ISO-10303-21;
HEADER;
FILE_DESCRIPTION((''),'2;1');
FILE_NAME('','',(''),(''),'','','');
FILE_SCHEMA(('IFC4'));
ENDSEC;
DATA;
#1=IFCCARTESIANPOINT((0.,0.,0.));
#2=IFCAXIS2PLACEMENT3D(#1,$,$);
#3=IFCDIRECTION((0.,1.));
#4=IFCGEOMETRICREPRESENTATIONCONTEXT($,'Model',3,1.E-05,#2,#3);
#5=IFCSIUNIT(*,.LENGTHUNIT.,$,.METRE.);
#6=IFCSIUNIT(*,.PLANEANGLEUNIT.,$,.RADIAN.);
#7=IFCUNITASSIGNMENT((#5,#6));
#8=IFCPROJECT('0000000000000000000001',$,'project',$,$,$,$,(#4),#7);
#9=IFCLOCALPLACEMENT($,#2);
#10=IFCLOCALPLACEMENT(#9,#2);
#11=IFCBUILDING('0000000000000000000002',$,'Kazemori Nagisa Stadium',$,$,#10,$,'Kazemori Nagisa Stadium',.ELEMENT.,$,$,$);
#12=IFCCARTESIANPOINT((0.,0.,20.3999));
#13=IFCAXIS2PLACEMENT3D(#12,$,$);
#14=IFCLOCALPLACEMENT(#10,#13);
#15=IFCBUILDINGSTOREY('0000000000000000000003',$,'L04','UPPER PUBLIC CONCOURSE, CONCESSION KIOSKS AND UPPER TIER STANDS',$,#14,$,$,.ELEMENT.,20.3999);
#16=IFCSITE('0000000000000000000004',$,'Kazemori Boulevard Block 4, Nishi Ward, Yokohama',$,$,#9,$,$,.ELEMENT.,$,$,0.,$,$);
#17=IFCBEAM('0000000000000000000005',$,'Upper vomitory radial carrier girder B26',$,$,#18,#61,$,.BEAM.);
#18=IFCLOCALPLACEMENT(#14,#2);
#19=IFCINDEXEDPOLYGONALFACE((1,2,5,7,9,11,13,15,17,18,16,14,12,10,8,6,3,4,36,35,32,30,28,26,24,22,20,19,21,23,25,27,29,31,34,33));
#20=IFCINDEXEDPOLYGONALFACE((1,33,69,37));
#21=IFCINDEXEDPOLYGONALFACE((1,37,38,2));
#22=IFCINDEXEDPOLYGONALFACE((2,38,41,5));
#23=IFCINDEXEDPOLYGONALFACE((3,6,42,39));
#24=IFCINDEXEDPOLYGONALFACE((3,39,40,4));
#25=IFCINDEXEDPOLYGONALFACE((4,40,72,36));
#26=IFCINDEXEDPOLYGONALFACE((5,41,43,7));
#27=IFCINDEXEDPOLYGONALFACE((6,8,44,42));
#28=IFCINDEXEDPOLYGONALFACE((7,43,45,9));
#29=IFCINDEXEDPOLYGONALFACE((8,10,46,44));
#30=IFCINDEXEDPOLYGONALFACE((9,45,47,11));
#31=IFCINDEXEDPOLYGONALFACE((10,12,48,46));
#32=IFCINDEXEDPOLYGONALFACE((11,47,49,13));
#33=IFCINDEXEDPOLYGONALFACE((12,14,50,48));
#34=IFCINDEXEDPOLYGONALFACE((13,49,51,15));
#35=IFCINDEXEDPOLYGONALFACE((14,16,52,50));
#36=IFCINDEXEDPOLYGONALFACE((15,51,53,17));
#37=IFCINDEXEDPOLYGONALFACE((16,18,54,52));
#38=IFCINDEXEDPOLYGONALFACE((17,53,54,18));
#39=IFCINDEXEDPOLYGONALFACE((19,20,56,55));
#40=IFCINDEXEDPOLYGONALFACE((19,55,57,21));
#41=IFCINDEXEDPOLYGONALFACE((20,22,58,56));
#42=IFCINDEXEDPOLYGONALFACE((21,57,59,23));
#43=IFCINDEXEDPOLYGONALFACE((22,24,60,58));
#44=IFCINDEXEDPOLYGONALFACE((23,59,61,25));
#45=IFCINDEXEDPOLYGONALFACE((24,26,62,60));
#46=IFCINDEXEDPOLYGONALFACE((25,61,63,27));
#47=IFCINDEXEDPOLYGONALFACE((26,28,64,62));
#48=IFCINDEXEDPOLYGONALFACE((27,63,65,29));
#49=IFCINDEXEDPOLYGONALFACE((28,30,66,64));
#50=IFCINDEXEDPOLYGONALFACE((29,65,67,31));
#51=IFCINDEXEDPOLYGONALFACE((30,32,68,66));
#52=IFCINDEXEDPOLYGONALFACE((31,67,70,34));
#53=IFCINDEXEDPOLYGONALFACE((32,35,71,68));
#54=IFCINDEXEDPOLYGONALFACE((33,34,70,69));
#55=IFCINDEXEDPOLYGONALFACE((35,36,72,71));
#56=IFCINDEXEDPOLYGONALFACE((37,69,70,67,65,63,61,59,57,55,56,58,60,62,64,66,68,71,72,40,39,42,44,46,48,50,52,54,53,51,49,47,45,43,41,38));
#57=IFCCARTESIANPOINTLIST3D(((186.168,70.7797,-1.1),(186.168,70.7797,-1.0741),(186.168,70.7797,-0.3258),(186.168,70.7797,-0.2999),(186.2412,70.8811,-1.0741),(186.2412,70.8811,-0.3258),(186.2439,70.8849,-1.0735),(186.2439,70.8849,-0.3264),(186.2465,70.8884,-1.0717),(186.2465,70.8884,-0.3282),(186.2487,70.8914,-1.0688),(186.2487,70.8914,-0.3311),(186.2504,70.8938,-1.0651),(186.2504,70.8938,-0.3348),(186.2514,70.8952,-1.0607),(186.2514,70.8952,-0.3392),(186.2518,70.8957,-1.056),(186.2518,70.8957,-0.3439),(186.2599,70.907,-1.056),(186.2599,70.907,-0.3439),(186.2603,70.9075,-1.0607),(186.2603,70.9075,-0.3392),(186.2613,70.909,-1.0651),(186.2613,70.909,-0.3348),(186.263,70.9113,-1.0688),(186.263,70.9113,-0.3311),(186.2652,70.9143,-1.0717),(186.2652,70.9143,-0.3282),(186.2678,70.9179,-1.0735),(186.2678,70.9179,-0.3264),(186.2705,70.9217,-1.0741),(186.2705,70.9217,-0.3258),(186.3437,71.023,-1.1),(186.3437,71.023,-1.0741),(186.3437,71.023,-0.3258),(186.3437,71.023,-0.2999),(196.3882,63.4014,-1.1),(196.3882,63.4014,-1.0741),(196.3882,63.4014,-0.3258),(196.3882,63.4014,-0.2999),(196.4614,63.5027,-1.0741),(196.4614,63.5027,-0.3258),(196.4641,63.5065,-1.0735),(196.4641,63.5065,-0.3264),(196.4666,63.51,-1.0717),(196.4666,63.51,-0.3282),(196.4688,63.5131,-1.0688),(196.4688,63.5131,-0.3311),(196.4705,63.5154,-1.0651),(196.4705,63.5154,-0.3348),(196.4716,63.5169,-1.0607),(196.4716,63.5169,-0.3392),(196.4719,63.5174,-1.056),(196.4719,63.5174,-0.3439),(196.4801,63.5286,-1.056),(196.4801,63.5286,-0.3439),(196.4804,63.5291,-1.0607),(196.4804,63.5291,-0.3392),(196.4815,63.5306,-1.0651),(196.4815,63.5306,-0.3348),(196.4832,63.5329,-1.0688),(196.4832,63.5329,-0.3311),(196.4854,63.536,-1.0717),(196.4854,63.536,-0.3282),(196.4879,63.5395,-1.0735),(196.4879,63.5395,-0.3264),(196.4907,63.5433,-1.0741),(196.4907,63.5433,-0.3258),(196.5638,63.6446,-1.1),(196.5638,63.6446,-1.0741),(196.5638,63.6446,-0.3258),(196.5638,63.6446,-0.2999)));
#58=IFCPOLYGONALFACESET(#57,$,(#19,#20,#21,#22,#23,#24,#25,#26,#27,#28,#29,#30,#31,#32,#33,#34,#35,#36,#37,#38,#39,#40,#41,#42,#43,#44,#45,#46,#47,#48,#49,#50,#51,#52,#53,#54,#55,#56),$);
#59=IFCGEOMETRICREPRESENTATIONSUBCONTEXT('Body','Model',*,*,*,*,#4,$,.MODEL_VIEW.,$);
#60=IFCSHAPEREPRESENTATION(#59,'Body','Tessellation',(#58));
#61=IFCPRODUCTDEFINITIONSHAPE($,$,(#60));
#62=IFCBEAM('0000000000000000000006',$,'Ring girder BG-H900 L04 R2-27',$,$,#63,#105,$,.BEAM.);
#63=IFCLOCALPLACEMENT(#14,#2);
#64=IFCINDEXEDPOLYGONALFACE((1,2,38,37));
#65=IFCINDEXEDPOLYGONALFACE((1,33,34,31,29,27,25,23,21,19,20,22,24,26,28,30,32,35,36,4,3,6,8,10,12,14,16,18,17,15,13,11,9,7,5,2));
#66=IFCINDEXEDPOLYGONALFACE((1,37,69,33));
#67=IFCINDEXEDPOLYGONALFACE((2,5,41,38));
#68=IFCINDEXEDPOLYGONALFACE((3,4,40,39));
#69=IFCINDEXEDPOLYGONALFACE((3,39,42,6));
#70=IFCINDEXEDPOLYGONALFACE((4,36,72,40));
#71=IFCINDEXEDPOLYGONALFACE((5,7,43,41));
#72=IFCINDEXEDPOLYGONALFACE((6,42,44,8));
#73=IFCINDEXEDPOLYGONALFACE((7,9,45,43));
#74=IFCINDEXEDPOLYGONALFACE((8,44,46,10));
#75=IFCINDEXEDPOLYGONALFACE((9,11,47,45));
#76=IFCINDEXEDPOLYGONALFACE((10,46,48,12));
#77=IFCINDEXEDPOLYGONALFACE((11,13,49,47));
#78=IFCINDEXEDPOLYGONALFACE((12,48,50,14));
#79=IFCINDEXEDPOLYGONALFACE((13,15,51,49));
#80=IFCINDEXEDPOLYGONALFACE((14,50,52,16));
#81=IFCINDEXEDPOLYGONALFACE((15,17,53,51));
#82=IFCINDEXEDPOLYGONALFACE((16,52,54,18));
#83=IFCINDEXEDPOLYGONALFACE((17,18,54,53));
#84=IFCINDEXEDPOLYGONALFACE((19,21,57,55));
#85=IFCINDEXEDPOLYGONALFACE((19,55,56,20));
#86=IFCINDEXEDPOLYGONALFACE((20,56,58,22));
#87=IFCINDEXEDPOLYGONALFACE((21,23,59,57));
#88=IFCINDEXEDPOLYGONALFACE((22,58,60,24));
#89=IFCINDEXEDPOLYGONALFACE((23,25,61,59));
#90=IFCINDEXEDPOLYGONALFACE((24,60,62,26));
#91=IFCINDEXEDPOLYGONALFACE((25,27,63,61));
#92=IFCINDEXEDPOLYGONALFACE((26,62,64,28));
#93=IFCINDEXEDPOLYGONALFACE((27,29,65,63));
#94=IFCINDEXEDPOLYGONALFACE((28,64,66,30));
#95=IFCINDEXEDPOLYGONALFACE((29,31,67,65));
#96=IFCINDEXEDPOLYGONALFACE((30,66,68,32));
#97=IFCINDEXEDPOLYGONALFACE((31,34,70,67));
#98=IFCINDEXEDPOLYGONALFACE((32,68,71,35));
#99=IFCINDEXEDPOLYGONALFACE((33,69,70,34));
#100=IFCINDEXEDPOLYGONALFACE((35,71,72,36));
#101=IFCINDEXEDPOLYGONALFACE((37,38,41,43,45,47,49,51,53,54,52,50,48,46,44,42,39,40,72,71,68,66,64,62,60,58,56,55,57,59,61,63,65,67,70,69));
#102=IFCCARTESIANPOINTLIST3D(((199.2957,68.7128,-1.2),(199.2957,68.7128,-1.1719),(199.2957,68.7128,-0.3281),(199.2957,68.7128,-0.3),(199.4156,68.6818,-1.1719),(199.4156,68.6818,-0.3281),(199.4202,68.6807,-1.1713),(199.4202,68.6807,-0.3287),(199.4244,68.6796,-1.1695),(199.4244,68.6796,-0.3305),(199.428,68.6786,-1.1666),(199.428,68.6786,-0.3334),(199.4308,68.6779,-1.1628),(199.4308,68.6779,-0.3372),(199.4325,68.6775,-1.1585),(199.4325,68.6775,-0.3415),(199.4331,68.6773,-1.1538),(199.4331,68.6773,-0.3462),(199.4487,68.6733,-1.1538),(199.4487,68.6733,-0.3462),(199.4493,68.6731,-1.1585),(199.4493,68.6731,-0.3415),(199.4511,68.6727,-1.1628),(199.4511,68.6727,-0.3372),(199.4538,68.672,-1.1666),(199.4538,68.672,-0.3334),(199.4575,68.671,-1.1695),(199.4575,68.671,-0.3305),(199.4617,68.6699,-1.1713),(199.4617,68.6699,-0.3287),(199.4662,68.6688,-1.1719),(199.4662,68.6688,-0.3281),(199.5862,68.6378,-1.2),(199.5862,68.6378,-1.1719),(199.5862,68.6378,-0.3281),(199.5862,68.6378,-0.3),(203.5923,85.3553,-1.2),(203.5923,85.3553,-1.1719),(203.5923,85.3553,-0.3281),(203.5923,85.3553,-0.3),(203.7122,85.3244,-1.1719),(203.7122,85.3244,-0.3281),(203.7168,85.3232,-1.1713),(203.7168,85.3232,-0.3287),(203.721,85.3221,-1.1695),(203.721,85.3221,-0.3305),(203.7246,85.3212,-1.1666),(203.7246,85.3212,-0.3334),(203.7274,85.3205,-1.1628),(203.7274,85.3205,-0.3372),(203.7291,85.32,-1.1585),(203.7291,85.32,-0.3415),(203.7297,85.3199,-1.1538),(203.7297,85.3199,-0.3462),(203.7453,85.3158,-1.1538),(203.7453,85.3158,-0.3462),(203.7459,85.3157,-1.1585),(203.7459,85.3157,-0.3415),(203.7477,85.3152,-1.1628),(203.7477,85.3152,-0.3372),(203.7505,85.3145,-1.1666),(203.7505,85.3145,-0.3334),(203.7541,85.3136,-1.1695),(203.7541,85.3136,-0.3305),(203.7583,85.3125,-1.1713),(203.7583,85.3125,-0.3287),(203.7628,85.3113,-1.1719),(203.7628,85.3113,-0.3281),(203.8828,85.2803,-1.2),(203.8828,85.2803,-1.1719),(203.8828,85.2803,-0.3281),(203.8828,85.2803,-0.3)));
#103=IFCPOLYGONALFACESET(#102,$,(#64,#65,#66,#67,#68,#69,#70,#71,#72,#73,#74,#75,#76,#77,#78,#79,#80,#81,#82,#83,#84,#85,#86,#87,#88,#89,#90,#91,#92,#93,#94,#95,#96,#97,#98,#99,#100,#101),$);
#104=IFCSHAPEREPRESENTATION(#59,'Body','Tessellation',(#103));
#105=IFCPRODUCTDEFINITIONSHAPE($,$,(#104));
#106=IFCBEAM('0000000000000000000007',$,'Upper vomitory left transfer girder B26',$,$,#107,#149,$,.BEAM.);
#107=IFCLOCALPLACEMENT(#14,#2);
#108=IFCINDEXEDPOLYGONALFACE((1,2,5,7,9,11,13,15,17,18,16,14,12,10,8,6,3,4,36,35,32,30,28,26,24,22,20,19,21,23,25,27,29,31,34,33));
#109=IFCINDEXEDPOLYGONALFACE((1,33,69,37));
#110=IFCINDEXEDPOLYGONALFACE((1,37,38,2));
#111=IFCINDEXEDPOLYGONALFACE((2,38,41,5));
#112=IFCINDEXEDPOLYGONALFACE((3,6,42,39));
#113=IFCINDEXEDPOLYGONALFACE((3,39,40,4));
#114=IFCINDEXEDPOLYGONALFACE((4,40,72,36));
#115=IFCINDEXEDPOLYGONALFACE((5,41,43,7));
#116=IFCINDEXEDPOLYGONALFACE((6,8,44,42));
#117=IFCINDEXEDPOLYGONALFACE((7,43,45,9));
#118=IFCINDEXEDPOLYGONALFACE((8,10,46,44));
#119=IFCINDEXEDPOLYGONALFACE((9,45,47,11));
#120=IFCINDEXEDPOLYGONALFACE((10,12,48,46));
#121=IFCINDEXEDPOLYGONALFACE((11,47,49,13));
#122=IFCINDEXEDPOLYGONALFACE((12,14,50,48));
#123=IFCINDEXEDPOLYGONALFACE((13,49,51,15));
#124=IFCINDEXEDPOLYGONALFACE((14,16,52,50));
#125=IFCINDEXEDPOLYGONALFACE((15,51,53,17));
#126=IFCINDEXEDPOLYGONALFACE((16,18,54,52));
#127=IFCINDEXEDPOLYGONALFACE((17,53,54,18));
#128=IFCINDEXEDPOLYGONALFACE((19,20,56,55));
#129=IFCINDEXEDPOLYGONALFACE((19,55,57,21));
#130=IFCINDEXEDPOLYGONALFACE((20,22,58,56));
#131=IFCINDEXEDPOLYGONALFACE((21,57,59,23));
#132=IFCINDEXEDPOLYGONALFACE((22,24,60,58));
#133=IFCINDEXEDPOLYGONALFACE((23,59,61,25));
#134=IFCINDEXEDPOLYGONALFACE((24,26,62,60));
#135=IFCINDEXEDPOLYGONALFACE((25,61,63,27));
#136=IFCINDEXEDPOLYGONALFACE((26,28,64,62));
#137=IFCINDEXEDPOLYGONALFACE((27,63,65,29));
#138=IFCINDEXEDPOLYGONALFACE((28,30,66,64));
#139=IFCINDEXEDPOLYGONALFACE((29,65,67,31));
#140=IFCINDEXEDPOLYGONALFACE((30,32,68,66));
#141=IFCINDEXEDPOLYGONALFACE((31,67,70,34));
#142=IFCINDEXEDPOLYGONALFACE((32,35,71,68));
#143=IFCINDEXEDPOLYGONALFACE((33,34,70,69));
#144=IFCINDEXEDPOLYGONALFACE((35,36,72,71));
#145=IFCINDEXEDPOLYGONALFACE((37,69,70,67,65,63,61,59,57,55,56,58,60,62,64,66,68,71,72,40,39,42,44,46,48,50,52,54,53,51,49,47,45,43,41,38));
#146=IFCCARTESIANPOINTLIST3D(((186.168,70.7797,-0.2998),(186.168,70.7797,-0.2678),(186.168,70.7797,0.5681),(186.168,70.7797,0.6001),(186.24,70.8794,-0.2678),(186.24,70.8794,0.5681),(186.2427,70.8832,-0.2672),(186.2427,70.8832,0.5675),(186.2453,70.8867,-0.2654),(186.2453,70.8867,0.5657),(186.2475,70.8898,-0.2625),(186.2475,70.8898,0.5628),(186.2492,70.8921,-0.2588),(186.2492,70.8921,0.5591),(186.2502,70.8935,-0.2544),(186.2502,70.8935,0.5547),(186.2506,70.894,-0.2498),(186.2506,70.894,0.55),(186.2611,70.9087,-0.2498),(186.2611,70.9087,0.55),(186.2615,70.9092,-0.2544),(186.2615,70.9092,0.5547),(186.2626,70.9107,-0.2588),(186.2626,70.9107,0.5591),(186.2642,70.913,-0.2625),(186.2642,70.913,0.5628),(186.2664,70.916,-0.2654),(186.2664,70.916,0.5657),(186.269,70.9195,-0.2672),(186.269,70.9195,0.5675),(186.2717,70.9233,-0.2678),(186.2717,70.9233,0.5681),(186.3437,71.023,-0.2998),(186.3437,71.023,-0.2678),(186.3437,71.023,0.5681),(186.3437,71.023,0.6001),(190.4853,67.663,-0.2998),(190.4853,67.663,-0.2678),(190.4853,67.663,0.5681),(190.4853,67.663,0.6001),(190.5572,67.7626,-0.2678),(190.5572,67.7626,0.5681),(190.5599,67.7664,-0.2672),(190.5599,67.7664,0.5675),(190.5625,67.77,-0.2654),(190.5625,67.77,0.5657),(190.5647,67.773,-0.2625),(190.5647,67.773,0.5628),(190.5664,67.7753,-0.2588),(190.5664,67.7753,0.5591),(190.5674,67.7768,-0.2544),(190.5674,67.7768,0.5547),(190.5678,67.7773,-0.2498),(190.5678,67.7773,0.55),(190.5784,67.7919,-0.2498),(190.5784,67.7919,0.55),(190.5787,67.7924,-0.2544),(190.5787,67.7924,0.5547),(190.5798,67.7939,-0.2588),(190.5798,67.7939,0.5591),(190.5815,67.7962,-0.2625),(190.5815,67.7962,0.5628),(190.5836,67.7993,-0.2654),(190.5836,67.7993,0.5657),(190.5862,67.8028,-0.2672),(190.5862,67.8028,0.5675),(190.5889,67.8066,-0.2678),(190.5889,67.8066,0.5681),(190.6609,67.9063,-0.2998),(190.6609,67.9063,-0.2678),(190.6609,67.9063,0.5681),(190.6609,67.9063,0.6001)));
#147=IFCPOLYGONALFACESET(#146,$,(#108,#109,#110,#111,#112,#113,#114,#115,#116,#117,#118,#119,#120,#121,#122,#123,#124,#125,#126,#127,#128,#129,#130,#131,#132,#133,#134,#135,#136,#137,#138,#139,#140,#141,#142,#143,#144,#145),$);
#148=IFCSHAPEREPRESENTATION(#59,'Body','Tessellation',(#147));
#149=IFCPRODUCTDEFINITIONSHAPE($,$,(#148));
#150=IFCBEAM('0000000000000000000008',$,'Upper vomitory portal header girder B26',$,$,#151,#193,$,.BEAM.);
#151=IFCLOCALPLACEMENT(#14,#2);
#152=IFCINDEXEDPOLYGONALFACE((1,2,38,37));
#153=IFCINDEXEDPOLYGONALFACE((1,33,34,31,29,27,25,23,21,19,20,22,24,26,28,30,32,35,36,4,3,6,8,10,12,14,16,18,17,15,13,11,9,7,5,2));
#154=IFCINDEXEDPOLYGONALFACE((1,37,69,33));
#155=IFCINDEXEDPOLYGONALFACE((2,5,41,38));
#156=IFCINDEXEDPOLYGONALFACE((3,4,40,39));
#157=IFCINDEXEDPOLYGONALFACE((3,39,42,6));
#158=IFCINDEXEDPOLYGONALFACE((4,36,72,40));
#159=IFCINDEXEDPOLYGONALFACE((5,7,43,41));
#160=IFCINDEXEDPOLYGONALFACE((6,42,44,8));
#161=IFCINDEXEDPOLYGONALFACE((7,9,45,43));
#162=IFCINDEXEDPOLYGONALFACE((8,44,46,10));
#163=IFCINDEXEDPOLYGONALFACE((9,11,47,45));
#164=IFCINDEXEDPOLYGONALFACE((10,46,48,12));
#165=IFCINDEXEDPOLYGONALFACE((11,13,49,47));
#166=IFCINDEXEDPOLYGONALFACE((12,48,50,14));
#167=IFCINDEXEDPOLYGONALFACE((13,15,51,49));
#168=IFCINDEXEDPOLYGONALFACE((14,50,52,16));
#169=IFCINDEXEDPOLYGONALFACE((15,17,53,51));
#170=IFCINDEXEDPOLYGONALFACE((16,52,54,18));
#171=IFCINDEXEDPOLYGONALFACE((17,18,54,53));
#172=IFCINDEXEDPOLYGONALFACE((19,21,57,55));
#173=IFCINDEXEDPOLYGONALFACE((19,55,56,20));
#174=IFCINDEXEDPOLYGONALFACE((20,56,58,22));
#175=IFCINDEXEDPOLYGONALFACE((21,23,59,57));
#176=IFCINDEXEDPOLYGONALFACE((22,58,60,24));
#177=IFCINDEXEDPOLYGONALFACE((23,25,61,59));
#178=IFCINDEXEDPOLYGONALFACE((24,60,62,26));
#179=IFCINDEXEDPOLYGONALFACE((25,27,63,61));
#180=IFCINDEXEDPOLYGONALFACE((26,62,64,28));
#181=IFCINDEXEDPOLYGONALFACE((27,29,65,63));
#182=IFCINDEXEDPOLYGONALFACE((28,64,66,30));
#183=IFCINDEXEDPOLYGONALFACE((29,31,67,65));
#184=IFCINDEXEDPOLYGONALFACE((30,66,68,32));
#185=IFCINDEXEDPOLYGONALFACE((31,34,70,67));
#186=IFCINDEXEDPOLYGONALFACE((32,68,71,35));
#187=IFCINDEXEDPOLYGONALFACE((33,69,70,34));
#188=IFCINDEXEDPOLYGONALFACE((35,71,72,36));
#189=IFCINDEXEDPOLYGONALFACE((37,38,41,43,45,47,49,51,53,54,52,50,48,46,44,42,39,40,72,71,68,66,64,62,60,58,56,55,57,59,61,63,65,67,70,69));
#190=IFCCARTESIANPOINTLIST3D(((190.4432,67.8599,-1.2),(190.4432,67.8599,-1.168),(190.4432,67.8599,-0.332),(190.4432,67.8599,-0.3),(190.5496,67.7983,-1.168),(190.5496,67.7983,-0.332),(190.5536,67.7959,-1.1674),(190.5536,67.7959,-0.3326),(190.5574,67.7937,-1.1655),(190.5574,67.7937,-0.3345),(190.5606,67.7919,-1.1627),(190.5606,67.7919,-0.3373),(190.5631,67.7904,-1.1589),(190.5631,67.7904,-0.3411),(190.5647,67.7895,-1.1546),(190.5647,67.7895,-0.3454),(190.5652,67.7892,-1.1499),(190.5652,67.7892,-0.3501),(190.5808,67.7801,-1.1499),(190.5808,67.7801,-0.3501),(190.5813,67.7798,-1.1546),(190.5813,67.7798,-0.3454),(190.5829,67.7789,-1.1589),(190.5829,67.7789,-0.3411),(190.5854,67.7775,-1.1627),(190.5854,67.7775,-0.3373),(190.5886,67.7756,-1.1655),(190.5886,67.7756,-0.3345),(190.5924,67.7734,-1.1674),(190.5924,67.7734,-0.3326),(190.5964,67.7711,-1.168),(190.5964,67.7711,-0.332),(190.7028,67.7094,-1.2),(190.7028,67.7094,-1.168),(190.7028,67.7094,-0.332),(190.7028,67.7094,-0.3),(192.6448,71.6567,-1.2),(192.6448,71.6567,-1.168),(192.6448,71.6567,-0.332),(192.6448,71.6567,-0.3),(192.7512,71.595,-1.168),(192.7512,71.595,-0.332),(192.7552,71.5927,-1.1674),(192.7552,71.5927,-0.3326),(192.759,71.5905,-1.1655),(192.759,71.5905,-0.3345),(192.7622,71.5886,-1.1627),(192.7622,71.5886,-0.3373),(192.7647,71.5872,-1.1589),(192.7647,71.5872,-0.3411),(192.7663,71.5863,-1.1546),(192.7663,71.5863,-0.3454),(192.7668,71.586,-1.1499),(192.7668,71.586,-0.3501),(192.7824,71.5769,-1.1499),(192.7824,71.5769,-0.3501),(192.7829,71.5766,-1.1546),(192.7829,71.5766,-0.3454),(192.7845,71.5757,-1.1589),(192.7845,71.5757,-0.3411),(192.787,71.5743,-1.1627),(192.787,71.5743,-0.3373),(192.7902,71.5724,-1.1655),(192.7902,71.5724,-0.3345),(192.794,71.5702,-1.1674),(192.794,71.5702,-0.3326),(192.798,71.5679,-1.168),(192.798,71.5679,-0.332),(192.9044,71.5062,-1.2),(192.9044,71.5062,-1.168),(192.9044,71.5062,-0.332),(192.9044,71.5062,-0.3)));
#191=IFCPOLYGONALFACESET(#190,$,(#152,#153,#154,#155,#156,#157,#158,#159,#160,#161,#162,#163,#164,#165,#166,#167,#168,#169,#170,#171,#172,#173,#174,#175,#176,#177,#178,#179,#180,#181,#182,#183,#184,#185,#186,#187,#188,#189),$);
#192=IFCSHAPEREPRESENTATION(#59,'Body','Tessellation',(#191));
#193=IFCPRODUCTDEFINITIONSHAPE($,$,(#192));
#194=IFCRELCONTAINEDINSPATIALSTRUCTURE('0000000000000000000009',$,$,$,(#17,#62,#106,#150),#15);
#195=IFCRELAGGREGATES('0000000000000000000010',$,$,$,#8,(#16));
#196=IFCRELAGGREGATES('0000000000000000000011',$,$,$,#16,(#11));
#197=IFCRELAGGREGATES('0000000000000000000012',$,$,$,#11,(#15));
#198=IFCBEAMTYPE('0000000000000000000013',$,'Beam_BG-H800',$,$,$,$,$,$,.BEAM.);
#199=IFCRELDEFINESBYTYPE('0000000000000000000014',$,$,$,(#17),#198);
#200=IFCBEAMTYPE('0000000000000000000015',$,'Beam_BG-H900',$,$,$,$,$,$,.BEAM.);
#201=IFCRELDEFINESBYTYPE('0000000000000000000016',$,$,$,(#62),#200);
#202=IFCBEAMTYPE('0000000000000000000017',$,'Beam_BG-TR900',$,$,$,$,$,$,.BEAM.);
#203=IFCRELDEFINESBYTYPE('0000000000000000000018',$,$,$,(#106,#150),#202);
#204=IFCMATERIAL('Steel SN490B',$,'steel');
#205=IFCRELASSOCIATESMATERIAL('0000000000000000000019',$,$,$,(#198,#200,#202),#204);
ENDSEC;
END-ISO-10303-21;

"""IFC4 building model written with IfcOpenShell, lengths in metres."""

from ifc_helpers import new_model, si_unit, direction, frame, origin, origin_2d, place, context, subcontext, project, spatial, i_section, extrude, material, material_profile, profile_set, type_object, element, save


model = new_model("IFC4")

# Units and contexts
model_context = context("Model", 3, precision=1e-05, world=origin(), true_north=direction((0.0, 1.0)))
body_context = subcontext(model_context, "Body", "Model", "MODEL_VIEW")
ifc_project = project(units=[si_unit("LENGTHUNIT", "METRE"), si_unit("PLANEANGLEUNIT", "RADIAN")], contexts=[model_context])

# Site, building, storey
site_placement = place(None, origin())
site = spatial("IfcSite", under=ifc_project, at=site_placement, Name="Kazemori Boulevard Block 4, Nishi Ward, Yokohama", CompositionType="ELEMENT", RefElevation=0.0)
building_placement = place(site_placement, origin())
building = spatial("IfcBuilding", under=site, at=building_placement, Name="Kazemori Nagisa Stadium", LongName="Kazemori Nagisa Stadium", CompositionType="ELEMENT")
storey_placement = place(building_placement, frame((0.0, 0.0, 20.3999)))
storey = spatial("IfcBuildingStorey", under=building, at=storey_placement, Name="L04", Description="UPPER PUBLIC CONCOURSE, CONCESSION KIOSKS AND UPPER TIER STANDS", CompositionType="ELEMENT", Elevation=20.3999)

# Beams
ifc_material_1 = material(Name="Steel SN490B", Category="steel")
ifc_material_profile_1 = material_profile(ifc_material_1, i_section(OverallWidth=0.3, OverallDepth=0.8, WebThickness=0.0139, FlangeThickness=0.0259, FilletRadius=0.0181, at=origin_2d()), Name="H-800x300x14x26")
ifc_profile_set_1 = profile_set([ifc_material_profile_1], Name="Steel SN490B")
beam_type_1 = type_object("IfcBeamType", Name="Beam_BG-H800", PredefinedType="BEAM", material=ifc_profile_set_1)
beam_1_placement = place(storey_placement, frame((186.2559, 70.9014, -0.7), z_axis=(0.810786, -0.585342, 0.0), x_axis=(0.585342, 0.810786, 0.0)))
element("IfcBeam", 1, at=beam_1_placement, inside=storey, type_object=beam_type_1, Name="Upper vomitory radial carrier girder B26", PredefinedType="BEAM", context=body_context, shape_type="SweptSolid", body=[
    extrude(i_section(OverallWidth=0.3, OverallDepth=0.8, WebThickness=0.0139, FlangeThickness=0.0259, FilletRadius=0.0181, at=origin_2d()), origin(), (0.0, 0.0, 1.0), 12.6052),
])
ifc_material_profile_2 = material_profile(ifc_material_1, i_section(OverallWidth=0.3, OverallDepth=0.8999, WebThickness=0.0161, FlangeThickness=0.0281, FilletRadius=0.0181, at=origin_2d()), Name="H-900x300x16x28")
ifc_profile_set_2 = profile_set([ifc_material_profile_2], Name="Steel SN490B")
beam_type_2 = type_object("IfcBeamType", Name="Beam_BG-H900", PredefinedType="BEAM", material=ifc_profile_set_2)
beam_2_placement = place(storey_placement, frame((199.4409, 68.6753, -0.75), z_axis=(0.249975, 0.968252, 0.0), x_axis=(-0.968252, 0.249975, 0.0)))
element("IfcBeam", 2, at=beam_2_placement, inside=storey, type_object=beam_type_2, Name="Ring girder BG-H900 L04 R2-27", PredefinedType="BEAM", context=body_context, shape_type="SweptSolid", body=[
    extrude(i_section(OverallWidth=0.3, OverallDepth=0.8999, WebThickness=0.0161, FlangeThickness=0.0281, FilletRadius=0.0181, at=origin_2d()), origin(), (0.0, 0.0, 1.0), 17.1882),
])
ifc_material_profile_3 = material_profile(ifc_material_1, i_section(OverallWidth=0.3, OverallDepth=0.8999, WebThickness=0.0181, FlangeThickness=0.032, FilletRadius=0.0181, at=origin_2d()), Name="H-900x300x18x32")
ifc_profile_set_3 = profile_set([ifc_material_profile_3], Name="Steel SN490B")
beam_type_3 = type_object("IfcBeamType", Name="Beam_BG-TR900", PredefinedType="BEAM", material=ifc_profile_set_3)
beam_3_placement = place(storey_placement, frame((186.2559, 70.9014, 0.1501), z_axis=(0.810789, -0.585338, 0.0), x_axis=(0.585338, 0.810789, 0.0)))
element("IfcBeam", 3, at=beam_3_placement, inside=storey, type_object=beam_type_3, Name="Upper vomitory left transfer girder B26", PredefinedType="BEAM", context=body_context, shape_type="SweptSolid", body=[
    extrude(i_section(OverallWidth=0.3, OverallDepth=0.8999, WebThickness=0.0181, FlangeThickness=0.032, FilletRadius=0.0181, at=origin_2d()), origin(), (0.0, 0.0, 1.0), 5.3247),
])
beam_4_placement = place(storey_placement, frame((190.573, 67.7847, -0.75), z_axis=(0.501628, 0.865083, 0.0), x_axis=(-0.865083, 0.501628, 0.0)))
element("IfcBeam", 4, at=beam_4_placement, inside=storey, type_object=beam_type_3, Name="Upper vomitory portal header girder B26", PredefinedType="BEAM", context=body_context, shape_type="SweptSolid", body=[
    extrude(i_section(OverallWidth=0.3, OverallDepth=0.8999, WebThickness=0.0181, FlangeThickness=0.032, FilletRadius=0.0181, at=origin_2d()), origin(), (0.0, 0.0, 1.0), 4.3889),
])

save(model, "model.ifc")
